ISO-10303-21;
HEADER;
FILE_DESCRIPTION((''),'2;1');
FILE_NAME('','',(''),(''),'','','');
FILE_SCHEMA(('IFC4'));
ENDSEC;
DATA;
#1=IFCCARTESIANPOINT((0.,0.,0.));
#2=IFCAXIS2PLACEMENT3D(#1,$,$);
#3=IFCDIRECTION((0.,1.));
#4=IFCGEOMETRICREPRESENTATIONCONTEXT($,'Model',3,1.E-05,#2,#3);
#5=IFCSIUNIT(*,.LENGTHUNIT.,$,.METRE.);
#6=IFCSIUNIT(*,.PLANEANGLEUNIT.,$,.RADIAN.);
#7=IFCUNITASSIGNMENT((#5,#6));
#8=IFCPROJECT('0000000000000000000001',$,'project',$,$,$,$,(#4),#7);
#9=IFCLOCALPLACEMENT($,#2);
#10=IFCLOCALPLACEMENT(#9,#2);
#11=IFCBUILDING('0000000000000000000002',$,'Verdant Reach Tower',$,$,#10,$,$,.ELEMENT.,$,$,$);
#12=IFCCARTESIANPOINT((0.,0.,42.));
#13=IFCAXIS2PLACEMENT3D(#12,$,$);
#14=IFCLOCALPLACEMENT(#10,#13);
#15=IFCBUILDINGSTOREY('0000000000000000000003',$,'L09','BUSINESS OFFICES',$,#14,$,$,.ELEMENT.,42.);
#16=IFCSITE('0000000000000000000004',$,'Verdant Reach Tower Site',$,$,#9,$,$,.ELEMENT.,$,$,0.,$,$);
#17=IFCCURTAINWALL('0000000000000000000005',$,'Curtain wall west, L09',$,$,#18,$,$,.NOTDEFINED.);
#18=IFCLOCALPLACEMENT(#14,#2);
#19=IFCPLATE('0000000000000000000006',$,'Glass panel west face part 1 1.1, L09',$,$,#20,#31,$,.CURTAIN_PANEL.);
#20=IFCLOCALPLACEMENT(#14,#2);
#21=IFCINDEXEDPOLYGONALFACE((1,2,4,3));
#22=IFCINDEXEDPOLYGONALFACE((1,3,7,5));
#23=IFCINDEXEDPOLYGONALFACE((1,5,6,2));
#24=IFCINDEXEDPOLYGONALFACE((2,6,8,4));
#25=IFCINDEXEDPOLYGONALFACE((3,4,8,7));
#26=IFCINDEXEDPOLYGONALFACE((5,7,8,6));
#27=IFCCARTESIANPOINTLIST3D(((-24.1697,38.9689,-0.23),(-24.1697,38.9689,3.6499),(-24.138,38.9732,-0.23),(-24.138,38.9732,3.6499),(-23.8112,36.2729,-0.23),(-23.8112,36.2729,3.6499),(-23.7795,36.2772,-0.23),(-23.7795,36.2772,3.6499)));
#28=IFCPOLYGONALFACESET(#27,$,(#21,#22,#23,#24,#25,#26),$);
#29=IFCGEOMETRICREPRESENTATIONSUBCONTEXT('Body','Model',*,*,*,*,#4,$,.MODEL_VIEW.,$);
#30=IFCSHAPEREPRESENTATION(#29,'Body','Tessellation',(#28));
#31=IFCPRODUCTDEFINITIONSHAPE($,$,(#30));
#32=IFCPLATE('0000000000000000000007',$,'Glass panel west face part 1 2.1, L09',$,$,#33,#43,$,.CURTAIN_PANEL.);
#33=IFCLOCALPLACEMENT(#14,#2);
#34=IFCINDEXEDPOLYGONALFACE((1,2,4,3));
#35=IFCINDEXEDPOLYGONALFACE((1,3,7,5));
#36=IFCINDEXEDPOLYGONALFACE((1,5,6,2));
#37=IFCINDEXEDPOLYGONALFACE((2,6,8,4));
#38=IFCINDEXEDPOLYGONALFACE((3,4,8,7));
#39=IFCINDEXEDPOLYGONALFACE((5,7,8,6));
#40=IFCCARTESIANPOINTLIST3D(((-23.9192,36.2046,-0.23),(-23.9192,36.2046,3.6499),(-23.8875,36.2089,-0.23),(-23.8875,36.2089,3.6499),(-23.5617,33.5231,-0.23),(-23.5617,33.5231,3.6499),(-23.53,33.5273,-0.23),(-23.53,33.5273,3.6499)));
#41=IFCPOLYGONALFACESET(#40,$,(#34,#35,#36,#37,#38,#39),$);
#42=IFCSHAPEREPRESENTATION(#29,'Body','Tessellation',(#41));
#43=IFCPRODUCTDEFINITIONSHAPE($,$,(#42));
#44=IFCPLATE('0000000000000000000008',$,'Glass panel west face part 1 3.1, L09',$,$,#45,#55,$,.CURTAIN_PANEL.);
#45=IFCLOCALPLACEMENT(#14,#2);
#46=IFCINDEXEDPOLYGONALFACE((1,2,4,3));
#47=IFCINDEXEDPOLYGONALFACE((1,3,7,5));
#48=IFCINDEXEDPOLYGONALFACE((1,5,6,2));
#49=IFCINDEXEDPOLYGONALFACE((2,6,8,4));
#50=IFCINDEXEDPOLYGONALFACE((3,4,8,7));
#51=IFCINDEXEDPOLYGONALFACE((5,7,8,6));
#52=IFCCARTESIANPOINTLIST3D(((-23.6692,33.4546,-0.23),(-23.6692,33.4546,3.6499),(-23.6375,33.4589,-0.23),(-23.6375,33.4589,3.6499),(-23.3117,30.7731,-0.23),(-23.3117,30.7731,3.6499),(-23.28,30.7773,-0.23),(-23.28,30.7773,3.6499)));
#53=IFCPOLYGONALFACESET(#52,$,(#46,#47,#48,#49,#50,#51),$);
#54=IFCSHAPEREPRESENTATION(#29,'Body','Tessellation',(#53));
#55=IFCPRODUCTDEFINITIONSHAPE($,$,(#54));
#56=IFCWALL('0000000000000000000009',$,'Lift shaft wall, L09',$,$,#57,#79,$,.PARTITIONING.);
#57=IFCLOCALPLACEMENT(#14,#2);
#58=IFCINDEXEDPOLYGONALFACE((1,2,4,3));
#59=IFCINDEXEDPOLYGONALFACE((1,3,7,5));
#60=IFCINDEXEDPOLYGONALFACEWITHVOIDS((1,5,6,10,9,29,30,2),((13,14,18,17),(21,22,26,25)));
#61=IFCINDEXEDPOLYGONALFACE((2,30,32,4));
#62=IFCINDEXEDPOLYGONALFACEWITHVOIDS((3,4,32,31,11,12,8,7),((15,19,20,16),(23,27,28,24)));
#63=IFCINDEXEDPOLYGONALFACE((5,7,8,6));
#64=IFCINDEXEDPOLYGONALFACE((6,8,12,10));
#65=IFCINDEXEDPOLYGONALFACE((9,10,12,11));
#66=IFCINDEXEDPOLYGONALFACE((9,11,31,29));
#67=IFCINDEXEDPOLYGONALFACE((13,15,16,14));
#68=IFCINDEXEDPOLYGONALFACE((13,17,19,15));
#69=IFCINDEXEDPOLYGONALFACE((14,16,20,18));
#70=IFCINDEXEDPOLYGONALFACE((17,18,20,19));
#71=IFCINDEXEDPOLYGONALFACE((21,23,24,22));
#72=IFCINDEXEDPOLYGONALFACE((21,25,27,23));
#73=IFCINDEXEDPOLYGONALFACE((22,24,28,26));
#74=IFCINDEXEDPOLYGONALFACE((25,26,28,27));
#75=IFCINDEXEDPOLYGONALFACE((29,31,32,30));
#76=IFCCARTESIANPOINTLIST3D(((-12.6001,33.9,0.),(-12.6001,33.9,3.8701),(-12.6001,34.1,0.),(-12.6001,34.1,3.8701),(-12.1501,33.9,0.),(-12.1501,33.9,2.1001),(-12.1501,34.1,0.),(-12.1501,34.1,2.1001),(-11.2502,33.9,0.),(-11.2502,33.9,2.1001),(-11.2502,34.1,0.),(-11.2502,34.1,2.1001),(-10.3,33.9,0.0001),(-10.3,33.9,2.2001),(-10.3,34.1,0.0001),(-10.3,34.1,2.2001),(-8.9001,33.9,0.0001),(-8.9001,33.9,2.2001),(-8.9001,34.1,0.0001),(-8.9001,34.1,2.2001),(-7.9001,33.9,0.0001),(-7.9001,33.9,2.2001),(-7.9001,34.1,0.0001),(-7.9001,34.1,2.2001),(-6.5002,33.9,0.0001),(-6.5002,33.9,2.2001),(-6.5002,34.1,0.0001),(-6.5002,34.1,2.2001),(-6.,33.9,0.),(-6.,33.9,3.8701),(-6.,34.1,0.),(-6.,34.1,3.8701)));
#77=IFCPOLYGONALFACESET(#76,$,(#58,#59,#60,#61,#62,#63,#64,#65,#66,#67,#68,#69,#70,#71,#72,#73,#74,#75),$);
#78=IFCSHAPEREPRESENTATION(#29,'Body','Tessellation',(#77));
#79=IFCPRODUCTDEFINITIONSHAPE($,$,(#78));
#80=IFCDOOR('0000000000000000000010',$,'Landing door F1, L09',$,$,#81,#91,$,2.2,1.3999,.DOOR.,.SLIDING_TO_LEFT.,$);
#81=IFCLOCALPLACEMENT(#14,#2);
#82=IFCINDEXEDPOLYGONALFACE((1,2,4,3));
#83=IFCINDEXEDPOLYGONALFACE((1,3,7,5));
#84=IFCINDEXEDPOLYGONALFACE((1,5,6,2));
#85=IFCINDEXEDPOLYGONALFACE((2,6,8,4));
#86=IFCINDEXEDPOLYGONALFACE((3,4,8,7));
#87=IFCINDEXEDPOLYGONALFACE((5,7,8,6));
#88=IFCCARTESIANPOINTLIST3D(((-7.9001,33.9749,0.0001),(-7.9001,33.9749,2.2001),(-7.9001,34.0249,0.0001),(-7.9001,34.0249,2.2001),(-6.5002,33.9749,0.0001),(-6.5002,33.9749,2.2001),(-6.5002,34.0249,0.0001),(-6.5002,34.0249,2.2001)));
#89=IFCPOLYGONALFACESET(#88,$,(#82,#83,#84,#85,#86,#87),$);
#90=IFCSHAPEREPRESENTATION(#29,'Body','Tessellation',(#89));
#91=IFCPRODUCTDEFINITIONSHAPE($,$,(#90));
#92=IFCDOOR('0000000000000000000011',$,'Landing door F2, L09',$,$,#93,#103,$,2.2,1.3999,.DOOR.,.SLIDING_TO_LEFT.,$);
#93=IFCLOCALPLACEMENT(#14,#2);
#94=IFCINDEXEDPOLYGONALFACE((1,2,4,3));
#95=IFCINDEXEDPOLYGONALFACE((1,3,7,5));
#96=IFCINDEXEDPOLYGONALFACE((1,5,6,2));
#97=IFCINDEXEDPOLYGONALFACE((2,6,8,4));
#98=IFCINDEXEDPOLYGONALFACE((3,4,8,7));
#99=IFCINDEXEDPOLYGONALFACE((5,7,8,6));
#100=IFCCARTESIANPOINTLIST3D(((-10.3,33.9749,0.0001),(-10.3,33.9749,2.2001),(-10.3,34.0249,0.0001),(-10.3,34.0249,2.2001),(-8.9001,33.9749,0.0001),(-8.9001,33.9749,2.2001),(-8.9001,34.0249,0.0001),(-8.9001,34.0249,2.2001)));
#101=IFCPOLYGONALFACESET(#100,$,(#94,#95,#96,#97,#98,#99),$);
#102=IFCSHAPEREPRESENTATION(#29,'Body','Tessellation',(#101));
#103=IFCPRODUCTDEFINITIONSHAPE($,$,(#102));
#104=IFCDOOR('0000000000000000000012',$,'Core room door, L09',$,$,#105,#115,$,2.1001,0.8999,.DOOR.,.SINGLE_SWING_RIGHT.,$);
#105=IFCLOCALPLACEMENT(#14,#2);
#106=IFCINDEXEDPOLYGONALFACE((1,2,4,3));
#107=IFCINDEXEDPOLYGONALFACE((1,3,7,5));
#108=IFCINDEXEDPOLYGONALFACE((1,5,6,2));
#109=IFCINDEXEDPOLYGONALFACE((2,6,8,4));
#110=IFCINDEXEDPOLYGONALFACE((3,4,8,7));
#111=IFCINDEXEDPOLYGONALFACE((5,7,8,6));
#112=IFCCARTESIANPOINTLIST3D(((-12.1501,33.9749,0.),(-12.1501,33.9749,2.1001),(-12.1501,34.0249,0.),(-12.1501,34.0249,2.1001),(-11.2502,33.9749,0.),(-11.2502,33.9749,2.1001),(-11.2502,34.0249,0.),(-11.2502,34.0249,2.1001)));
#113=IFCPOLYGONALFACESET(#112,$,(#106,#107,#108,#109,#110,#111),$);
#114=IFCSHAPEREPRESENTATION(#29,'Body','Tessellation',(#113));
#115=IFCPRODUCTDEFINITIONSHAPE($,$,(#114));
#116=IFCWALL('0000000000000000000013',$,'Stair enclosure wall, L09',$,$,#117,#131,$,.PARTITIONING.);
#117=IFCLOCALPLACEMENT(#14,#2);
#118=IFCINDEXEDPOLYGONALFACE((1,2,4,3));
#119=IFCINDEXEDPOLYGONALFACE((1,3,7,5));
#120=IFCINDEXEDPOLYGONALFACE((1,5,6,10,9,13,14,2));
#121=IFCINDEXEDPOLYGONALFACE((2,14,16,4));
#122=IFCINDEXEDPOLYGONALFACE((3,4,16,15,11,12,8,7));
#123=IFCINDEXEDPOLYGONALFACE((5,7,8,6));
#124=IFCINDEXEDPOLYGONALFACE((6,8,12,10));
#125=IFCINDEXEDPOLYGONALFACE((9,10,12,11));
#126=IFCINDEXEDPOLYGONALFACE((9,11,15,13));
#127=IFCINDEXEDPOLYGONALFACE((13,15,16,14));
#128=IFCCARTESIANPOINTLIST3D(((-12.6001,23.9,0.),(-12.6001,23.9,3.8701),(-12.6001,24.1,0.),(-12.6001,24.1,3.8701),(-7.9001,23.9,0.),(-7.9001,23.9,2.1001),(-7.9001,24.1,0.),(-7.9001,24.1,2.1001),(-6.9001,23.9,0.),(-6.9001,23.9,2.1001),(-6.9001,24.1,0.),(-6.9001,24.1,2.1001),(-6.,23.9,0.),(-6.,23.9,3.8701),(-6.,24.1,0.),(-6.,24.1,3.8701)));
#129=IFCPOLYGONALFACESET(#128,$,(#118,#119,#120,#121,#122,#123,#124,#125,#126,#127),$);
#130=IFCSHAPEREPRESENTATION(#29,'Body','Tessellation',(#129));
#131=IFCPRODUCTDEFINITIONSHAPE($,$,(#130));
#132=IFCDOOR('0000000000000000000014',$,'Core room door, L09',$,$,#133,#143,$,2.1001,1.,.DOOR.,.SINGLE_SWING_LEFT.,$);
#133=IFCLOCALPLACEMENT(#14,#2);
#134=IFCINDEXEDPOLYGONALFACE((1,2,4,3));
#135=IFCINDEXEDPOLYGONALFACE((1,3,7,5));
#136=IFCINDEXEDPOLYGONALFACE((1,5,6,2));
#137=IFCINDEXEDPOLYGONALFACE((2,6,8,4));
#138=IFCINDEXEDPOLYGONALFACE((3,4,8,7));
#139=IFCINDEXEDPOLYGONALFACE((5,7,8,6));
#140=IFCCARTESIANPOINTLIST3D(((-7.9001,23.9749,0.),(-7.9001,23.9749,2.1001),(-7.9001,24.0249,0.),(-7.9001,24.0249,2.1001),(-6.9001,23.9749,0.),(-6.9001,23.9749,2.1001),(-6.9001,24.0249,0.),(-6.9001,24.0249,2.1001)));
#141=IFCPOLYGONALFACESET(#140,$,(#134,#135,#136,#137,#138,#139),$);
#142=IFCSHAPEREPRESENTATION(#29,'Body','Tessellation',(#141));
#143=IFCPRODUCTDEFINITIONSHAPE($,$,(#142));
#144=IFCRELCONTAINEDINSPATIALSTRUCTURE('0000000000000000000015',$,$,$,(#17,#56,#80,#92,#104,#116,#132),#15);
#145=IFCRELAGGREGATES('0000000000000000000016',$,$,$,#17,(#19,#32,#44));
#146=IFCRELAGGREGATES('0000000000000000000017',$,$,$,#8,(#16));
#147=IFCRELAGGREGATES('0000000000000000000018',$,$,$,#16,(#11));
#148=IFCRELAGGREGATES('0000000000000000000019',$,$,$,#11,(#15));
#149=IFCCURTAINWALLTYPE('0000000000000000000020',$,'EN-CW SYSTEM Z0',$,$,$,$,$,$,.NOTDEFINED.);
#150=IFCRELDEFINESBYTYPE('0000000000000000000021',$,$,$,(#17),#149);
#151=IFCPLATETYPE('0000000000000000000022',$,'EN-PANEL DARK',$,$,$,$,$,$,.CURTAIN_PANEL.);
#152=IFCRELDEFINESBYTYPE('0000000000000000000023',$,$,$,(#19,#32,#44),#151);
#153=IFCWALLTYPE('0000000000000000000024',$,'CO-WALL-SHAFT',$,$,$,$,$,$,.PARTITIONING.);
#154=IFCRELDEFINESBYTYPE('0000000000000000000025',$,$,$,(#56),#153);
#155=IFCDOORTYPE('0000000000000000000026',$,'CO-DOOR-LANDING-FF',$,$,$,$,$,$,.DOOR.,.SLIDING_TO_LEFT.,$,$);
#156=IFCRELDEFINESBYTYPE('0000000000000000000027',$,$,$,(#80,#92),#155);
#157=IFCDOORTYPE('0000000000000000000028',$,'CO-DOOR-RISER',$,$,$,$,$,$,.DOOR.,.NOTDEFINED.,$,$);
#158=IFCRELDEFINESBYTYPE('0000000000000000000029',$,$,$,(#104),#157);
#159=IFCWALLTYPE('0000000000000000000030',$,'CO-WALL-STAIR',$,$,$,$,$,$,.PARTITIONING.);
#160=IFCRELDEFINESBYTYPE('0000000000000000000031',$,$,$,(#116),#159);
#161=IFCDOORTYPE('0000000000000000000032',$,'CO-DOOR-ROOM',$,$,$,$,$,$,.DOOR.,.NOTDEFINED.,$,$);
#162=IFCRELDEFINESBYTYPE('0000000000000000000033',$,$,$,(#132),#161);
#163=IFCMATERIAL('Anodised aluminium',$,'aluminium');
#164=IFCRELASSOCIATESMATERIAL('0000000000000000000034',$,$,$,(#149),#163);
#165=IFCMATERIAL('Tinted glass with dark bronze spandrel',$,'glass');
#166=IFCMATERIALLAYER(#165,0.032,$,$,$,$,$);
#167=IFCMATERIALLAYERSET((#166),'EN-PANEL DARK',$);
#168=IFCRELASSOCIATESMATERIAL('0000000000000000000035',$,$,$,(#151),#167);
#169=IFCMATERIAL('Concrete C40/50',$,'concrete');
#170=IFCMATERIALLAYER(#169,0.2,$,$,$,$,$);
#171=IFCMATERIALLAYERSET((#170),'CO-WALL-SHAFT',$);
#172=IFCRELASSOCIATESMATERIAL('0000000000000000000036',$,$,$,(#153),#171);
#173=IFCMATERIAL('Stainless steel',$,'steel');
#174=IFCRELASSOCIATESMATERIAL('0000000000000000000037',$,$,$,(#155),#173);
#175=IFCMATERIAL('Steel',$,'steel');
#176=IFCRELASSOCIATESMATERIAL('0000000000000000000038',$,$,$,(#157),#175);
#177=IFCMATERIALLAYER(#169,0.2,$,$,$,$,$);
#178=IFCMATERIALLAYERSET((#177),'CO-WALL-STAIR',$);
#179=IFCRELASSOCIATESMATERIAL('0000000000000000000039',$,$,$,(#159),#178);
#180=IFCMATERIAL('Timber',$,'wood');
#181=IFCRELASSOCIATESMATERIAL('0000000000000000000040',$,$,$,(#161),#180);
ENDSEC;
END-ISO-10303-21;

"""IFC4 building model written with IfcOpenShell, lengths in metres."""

from ifc_helpers import new_model, si_unit, direction, frame, frame_2d, origin, origin_2d, place, context, subcontext, project, spatial, rectangle, extrude, material, layer, layer_set, type_object, element, fill, aggregate, save


model = new_model("IFC4")

# Units and contexts
model_context = context("Model", 3, precision=1e-05, world=origin(), true_north=direction((0.0, 1.0)))
body_context = subcontext(model_context, "Body", "Model", "MODEL_VIEW")
ifc_project = project(units=[si_unit("LENGTHUNIT", "METRE"), si_unit("PLANEANGLEUNIT", "RADIAN")], contexts=[model_context])

# Site, building, storey
site_placement = place(None, origin())
site = spatial("IfcSite", under=ifc_project, at=site_placement, Name="Verdant Reach Tower Site", CompositionType="ELEMENT", RefElevation=0.0)
building_placement = place(site_placement, origin())
building = spatial("IfcBuilding", under=site, at=building_placement, Name="Verdant Reach Tower", CompositionType="ELEMENT")
storey_placement = place(building_placement, frame((0.0, 0.0, 42.0)))
storey = spatial("IfcBuildingStorey", under=building, at=storey_placement, Name="L09", Description="BUSINESS OFFICES", CompositionType="ELEMENT", Elevation=42.0)

# Curtain wall, plates
ifc_material_1 = material(Name="Anodised aluminium", Category="aluminium")
curtain_wall_type = type_object("IfcCurtainWallType", Name="EN-CW SYSTEM Z0", PredefinedType="NOTDEFINED", material=ifc_material_1)
curtain_wall_placement = place(storey_placement, origin())
curtain_wall = element("IfcCurtainWall", 1, at=curtain_wall_placement, inside=storey, type_object=curtain_wall_type, Name="Curtain wall west, L09", PredefinedType="NOTDEFINED")
ifc_material_2 = material(Name="Tinted glass with dark bronze spandrel", Category="glass")
ifc_layer_1 = layer(ifc_material_2, 0.032)
ifc_layer_set_1 = layer_set([ifc_layer_1], Name="EN-PANEL DARK")
plate_type_1 = type_object("IfcPlateType", Name="EN-PANEL DARK", PredefinedType="CURTAIN_PANEL", material=ifc_layer_set_1)
plate_1_placement = place(storey_placement, frame((-23.9746, 37.623, -0.23), z_axis=(0.0, 0.0, 1.0), x_axis=(0.131793, -0.991277, 0.0)))
plate_1 = element("IfcPlate", 2, at=plate_1_placement, type_object=plate_type_1, Name="Glass panel west face part 1 1.1, L09", PredefinedType="CURTAIN_PANEL", context=body_context, shape_type="SweptSolid", body=[
    extrude(rectangle(XDim=2.7197, YDim=0.032, at=origin_2d()), origin(), (0.0, 0.0, 1.0), 3.8799),
])
plate_2_placement = place(storey_placement, frame((-23.7246, 34.866, -0.23), z_axis=(0.0, 0.0, 1.0), x_axis=(0.13216, -0.991228, 0.0)))
plate_2 = element("IfcPlate", 3, at=plate_2_placement, type_object=plate_type_1, Name="Glass panel west face part 1 2.1, L09", PredefinedType="CURTAIN_PANEL", context=body_context, shape_type="SweptSolid", body=[
    extrude(rectangle(XDim=2.7053, YDim=0.032, at=origin_2d()), origin(), (0.0, 0.0, 1.0), 3.8799),
])
plate_3_placement = place(storey_placement, frame((-23.4746, 32.116, -0.23), z_axis=(0.0, 0.0, 1.0), x_axis=(0.13216, -0.991228, 0.0)))
plate_3 = element("IfcPlate", 4, at=plate_3_placement, type_object=plate_type_1, Name="Glass panel west face part 1 3.1, L09", PredefinedType="CURTAIN_PANEL", context=body_context, shape_type="SweptSolid", body=[
    extrude(rectangle(XDim=2.7053, YDim=0.032, at=origin_2d()), origin(), (0.0, 0.0, 1.0), 3.8799),
])
aggregate(curtain_wall, [plate_1, plate_2, plate_3])

# Wall, openings, doors
ifc_material_3 = material(Name="Concrete C40/50", Category="concrete")
ifc_layer_2 = layer(ifc_material_3, 0.2)
ifc_layer_set_2 = layer_set([ifc_layer_2], Name="CO-WALL-SHAFT")
wall_type_1 = type_object("IfcWallType", Name="CO-WALL-SHAFT", PredefinedType="PARTITIONING", material=ifc_layer_set_2)
wall_1_placement = place(storey_placement, frame((-12.6001, 34.0, 0.0), z_axis=(0.0, 0.0, 1.0), x_axis=(1.0, 0.0, 0.0)))
wall_1 = element("IfcWall", 5, at=wall_1_placement, inside=storey, type_object=wall_type_1, Name="Lift shaft wall, L09", PredefinedType="PARTITIONING", context=body_context, shape_type="SweptSolid", body=[
    extrude(rectangle(XDim=6.6001, YDim=0.2, at=frame_2d((3.3, 0.0))), origin(), (0.0, 0.0, 1.0), 3.8701),
])
opening_1_placement = place(wall_1_placement, frame((4.7, 0.0, 0.0)))
opening_1 = element("IfcOpeningElement", 6, at=opening_1_placement, cuts=wall_1, PredefinedType="OPENING", context=body_context, shape_type="SweptSolid", body=[
    extrude(rectangle(XDim=1.3999, YDim=2.2, at=frame_2d((0.7, 1.1001))), frame((0.0, 0.1099, 0.0), z_axis=(0.0, -1.0, 0.0), x_axis=(1.0, 0.0, 0.0)), (0.0, 0.0, 1.0), 0.22),
])
opening_2_placement = place(wall_1_placement, frame((2.3, 0.0, 0.0)))
opening_2 = element("IfcOpeningElement", 7, at=opening_2_placement, cuts=wall_1, PredefinedType="OPENING", context=body_context, shape_type="SweptSolid", body=[
    extrude(rectangle(XDim=1.3999, YDim=2.2, at=frame_2d((0.7, 1.1001))), frame((0.0, 0.1099, 0.0), z_axis=(0.0, -1.0, 0.0), x_axis=(1.0, 0.0, 0.0)), (0.0, 0.0, 1.0), 0.22),
])
opening_3_placement = place(wall_1_placement, frame((0.45, 0.0, 0.0)))
opening_3 = element("IfcOpeningElement", 8, at=opening_3_placement, cuts=wall_1, PredefinedType="OPENING", context=body_context, shape_type="SweptSolid", body=[
    extrude(rectangle(XDim=0.8999, YDim=2.1001, at=frame_2d((0.45, 1.05))), frame((0.0, 0.1099, 0.0), z_axis=(0.0, -1.0, 0.0), x_axis=(1.0, 0.0, 0.0)), (0.0, 0.0, 1.0), 0.22),
])
ifc_material_4 = material(Name="Stainless steel", Category="steel")
door_type_1 = type_object("IfcDoorType", Name="CO-DOOR-LANDING-FF", OperationType="SLIDING_TO_LEFT", PredefinedType="DOOR", material=ifc_material_4)
door_1_placement = place(opening_1_placement, origin())
door_1 = element("IfcDoor", 9, at=door_1_placement, inside=storey, type_object=door_type_1, Name="Landing door F1, L09", OperationType="SLIDING_TO_LEFT", OverallHeight=2.2, OverallWidth=1.3999, PredefinedType="DOOR", context=body_context, shape_type="SweptSolid", body=[
    extrude(rectangle(XDim=1.3999, YDim=2.2, at=frame_2d((0.7, 1.1001))), frame((0.0, 0.0249, 0.0), z_axis=(0.0, -1.0, 0.0), x_axis=(1.0, 0.0, 0.0)), (0.0, 0.0, 1.0), 0.05),
])
fill(opening_1, door_1)
door_2_placement = place(opening_2_placement, origin())
door_2 = element("IfcDoor", 10, at=door_2_placement, inside=storey, type_object=door_type_1, Name="Landing door F2, L09", OperationType="SLIDING_TO_LEFT", OverallHeight=2.2, OverallWidth=1.3999, PredefinedType="DOOR", context=body_context, shape_type="SweptSolid", body=[
    extrude(rectangle(XDim=1.3999, YDim=2.2, at=frame_2d((0.7, 1.1001))), frame((0.0, 0.0249, 0.0), z_axis=(0.0, -1.0, 0.0), x_axis=(1.0, 0.0, 0.0)), (0.0, 0.0, 1.0), 0.05),
])
fill(opening_2, door_2)
ifc_material_5 = material(Name="Steel", Category="steel")
door_type_2 = type_object("IfcDoorType", Name="CO-DOOR-RISER", OperationType="NOTDEFINED", PredefinedType="DOOR", material=ifc_material_5)
door_3_placement = place(opening_3_placement, origin())
door_3 = element("IfcDoor", 11, at=door_3_placement, inside=storey, type_object=door_type_2, Name="Core room door, L09", OperationType="SINGLE_SWING_RIGHT", OverallHeight=2.1001, OverallWidth=0.8999, PredefinedType="DOOR", context=body_context, shape_type="SweptSolid", body=[
    extrude(rectangle(XDim=0.8999, YDim=2.1001, at=frame_2d((0.45, 1.05))), frame((0.0, 0.0249, 0.0), z_axis=(0.0, -1.0, 0.0), x_axis=(1.0, 0.0, 0.0)), (0.0, 0.0, 1.0), 0.05),
])
fill(opening_3, door_3)

# Wall, opening, door
ifc_layer_3 = layer(ifc_material_3, 0.2)
ifc_layer_set_3 = layer_set([ifc_layer_3], Name="CO-WALL-STAIR")
wall_type_2 = type_object("IfcWallType", Name="CO-WALL-STAIR", PredefinedType="PARTITIONING", material=ifc_layer_set_3)
wall_2_placement = place(storey_placement, frame((-12.6001, 24.0, 0.0), z_axis=(0.0, 0.0, 1.0), x_axis=(1.0, 0.0, 0.0)))
wall_2 = element("IfcWall", 12, at=wall_2_placement, inside=storey, type_object=wall_type_2, Name="Stair enclosure wall, L09", PredefinedType="PARTITIONING", context=body_context, shape_type="SweptSolid", body=[
    extrude(rectangle(XDim=6.6001, YDim=0.2, at=frame_2d((3.3, 0.0))), origin(), (0.0, 0.0, 1.0), 3.8701),
])
opening_4_placement = place(wall_2_placement, frame((4.7, 0.0, 0.0)))
opening_4 = element("IfcOpeningElement", 13, at=opening_4_placement, cuts=wall_2, PredefinedType="OPENING", context=body_context, shape_type="SweptSolid", body=[
    extrude(rectangle(XDim=1.0, YDim=2.1001, at=frame_2d((0.5, 1.05))), frame((0.0, 0.1099, 0.0), z_axis=(0.0, -1.0, 0.0), x_axis=(1.0, 0.0, 0.0)), (0.0, 0.0, 1.0), 0.22),
])
ifc_material_6 = material(Name="Timber", Category="wood")
door_type_3 = type_object("IfcDoorType", Name="CO-DOOR-ROOM", OperationType="NOTDEFINED", PredefinedType="DOOR", material=ifc_material_6)
door_4_placement = place(opening_4_placement, origin())
door_4 = element("IfcDoor", 14, at=door_4_placement, inside=storey, type_object=door_type_3, Name="Core room door, L09", OperationType="SINGLE_SWING_LEFT", OverallHeight=2.1001, OverallWidth=1.0, PredefinedType="DOOR", context=body_context, shape_type="SweptSolid", body=[
    extrude(rectangle(XDim=1.0, YDim=2.1001, at=frame_2d((0.5, 1.05))), frame((0.0, 0.0249, 0.0), z_axis=(0.0, -1.0, 0.0), x_axis=(1.0, 0.0, 0.0)), (0.0, 0.0, 1.0), 0.05),
])
fill(opening_4, door_4)

save(model, "model.ifc")
